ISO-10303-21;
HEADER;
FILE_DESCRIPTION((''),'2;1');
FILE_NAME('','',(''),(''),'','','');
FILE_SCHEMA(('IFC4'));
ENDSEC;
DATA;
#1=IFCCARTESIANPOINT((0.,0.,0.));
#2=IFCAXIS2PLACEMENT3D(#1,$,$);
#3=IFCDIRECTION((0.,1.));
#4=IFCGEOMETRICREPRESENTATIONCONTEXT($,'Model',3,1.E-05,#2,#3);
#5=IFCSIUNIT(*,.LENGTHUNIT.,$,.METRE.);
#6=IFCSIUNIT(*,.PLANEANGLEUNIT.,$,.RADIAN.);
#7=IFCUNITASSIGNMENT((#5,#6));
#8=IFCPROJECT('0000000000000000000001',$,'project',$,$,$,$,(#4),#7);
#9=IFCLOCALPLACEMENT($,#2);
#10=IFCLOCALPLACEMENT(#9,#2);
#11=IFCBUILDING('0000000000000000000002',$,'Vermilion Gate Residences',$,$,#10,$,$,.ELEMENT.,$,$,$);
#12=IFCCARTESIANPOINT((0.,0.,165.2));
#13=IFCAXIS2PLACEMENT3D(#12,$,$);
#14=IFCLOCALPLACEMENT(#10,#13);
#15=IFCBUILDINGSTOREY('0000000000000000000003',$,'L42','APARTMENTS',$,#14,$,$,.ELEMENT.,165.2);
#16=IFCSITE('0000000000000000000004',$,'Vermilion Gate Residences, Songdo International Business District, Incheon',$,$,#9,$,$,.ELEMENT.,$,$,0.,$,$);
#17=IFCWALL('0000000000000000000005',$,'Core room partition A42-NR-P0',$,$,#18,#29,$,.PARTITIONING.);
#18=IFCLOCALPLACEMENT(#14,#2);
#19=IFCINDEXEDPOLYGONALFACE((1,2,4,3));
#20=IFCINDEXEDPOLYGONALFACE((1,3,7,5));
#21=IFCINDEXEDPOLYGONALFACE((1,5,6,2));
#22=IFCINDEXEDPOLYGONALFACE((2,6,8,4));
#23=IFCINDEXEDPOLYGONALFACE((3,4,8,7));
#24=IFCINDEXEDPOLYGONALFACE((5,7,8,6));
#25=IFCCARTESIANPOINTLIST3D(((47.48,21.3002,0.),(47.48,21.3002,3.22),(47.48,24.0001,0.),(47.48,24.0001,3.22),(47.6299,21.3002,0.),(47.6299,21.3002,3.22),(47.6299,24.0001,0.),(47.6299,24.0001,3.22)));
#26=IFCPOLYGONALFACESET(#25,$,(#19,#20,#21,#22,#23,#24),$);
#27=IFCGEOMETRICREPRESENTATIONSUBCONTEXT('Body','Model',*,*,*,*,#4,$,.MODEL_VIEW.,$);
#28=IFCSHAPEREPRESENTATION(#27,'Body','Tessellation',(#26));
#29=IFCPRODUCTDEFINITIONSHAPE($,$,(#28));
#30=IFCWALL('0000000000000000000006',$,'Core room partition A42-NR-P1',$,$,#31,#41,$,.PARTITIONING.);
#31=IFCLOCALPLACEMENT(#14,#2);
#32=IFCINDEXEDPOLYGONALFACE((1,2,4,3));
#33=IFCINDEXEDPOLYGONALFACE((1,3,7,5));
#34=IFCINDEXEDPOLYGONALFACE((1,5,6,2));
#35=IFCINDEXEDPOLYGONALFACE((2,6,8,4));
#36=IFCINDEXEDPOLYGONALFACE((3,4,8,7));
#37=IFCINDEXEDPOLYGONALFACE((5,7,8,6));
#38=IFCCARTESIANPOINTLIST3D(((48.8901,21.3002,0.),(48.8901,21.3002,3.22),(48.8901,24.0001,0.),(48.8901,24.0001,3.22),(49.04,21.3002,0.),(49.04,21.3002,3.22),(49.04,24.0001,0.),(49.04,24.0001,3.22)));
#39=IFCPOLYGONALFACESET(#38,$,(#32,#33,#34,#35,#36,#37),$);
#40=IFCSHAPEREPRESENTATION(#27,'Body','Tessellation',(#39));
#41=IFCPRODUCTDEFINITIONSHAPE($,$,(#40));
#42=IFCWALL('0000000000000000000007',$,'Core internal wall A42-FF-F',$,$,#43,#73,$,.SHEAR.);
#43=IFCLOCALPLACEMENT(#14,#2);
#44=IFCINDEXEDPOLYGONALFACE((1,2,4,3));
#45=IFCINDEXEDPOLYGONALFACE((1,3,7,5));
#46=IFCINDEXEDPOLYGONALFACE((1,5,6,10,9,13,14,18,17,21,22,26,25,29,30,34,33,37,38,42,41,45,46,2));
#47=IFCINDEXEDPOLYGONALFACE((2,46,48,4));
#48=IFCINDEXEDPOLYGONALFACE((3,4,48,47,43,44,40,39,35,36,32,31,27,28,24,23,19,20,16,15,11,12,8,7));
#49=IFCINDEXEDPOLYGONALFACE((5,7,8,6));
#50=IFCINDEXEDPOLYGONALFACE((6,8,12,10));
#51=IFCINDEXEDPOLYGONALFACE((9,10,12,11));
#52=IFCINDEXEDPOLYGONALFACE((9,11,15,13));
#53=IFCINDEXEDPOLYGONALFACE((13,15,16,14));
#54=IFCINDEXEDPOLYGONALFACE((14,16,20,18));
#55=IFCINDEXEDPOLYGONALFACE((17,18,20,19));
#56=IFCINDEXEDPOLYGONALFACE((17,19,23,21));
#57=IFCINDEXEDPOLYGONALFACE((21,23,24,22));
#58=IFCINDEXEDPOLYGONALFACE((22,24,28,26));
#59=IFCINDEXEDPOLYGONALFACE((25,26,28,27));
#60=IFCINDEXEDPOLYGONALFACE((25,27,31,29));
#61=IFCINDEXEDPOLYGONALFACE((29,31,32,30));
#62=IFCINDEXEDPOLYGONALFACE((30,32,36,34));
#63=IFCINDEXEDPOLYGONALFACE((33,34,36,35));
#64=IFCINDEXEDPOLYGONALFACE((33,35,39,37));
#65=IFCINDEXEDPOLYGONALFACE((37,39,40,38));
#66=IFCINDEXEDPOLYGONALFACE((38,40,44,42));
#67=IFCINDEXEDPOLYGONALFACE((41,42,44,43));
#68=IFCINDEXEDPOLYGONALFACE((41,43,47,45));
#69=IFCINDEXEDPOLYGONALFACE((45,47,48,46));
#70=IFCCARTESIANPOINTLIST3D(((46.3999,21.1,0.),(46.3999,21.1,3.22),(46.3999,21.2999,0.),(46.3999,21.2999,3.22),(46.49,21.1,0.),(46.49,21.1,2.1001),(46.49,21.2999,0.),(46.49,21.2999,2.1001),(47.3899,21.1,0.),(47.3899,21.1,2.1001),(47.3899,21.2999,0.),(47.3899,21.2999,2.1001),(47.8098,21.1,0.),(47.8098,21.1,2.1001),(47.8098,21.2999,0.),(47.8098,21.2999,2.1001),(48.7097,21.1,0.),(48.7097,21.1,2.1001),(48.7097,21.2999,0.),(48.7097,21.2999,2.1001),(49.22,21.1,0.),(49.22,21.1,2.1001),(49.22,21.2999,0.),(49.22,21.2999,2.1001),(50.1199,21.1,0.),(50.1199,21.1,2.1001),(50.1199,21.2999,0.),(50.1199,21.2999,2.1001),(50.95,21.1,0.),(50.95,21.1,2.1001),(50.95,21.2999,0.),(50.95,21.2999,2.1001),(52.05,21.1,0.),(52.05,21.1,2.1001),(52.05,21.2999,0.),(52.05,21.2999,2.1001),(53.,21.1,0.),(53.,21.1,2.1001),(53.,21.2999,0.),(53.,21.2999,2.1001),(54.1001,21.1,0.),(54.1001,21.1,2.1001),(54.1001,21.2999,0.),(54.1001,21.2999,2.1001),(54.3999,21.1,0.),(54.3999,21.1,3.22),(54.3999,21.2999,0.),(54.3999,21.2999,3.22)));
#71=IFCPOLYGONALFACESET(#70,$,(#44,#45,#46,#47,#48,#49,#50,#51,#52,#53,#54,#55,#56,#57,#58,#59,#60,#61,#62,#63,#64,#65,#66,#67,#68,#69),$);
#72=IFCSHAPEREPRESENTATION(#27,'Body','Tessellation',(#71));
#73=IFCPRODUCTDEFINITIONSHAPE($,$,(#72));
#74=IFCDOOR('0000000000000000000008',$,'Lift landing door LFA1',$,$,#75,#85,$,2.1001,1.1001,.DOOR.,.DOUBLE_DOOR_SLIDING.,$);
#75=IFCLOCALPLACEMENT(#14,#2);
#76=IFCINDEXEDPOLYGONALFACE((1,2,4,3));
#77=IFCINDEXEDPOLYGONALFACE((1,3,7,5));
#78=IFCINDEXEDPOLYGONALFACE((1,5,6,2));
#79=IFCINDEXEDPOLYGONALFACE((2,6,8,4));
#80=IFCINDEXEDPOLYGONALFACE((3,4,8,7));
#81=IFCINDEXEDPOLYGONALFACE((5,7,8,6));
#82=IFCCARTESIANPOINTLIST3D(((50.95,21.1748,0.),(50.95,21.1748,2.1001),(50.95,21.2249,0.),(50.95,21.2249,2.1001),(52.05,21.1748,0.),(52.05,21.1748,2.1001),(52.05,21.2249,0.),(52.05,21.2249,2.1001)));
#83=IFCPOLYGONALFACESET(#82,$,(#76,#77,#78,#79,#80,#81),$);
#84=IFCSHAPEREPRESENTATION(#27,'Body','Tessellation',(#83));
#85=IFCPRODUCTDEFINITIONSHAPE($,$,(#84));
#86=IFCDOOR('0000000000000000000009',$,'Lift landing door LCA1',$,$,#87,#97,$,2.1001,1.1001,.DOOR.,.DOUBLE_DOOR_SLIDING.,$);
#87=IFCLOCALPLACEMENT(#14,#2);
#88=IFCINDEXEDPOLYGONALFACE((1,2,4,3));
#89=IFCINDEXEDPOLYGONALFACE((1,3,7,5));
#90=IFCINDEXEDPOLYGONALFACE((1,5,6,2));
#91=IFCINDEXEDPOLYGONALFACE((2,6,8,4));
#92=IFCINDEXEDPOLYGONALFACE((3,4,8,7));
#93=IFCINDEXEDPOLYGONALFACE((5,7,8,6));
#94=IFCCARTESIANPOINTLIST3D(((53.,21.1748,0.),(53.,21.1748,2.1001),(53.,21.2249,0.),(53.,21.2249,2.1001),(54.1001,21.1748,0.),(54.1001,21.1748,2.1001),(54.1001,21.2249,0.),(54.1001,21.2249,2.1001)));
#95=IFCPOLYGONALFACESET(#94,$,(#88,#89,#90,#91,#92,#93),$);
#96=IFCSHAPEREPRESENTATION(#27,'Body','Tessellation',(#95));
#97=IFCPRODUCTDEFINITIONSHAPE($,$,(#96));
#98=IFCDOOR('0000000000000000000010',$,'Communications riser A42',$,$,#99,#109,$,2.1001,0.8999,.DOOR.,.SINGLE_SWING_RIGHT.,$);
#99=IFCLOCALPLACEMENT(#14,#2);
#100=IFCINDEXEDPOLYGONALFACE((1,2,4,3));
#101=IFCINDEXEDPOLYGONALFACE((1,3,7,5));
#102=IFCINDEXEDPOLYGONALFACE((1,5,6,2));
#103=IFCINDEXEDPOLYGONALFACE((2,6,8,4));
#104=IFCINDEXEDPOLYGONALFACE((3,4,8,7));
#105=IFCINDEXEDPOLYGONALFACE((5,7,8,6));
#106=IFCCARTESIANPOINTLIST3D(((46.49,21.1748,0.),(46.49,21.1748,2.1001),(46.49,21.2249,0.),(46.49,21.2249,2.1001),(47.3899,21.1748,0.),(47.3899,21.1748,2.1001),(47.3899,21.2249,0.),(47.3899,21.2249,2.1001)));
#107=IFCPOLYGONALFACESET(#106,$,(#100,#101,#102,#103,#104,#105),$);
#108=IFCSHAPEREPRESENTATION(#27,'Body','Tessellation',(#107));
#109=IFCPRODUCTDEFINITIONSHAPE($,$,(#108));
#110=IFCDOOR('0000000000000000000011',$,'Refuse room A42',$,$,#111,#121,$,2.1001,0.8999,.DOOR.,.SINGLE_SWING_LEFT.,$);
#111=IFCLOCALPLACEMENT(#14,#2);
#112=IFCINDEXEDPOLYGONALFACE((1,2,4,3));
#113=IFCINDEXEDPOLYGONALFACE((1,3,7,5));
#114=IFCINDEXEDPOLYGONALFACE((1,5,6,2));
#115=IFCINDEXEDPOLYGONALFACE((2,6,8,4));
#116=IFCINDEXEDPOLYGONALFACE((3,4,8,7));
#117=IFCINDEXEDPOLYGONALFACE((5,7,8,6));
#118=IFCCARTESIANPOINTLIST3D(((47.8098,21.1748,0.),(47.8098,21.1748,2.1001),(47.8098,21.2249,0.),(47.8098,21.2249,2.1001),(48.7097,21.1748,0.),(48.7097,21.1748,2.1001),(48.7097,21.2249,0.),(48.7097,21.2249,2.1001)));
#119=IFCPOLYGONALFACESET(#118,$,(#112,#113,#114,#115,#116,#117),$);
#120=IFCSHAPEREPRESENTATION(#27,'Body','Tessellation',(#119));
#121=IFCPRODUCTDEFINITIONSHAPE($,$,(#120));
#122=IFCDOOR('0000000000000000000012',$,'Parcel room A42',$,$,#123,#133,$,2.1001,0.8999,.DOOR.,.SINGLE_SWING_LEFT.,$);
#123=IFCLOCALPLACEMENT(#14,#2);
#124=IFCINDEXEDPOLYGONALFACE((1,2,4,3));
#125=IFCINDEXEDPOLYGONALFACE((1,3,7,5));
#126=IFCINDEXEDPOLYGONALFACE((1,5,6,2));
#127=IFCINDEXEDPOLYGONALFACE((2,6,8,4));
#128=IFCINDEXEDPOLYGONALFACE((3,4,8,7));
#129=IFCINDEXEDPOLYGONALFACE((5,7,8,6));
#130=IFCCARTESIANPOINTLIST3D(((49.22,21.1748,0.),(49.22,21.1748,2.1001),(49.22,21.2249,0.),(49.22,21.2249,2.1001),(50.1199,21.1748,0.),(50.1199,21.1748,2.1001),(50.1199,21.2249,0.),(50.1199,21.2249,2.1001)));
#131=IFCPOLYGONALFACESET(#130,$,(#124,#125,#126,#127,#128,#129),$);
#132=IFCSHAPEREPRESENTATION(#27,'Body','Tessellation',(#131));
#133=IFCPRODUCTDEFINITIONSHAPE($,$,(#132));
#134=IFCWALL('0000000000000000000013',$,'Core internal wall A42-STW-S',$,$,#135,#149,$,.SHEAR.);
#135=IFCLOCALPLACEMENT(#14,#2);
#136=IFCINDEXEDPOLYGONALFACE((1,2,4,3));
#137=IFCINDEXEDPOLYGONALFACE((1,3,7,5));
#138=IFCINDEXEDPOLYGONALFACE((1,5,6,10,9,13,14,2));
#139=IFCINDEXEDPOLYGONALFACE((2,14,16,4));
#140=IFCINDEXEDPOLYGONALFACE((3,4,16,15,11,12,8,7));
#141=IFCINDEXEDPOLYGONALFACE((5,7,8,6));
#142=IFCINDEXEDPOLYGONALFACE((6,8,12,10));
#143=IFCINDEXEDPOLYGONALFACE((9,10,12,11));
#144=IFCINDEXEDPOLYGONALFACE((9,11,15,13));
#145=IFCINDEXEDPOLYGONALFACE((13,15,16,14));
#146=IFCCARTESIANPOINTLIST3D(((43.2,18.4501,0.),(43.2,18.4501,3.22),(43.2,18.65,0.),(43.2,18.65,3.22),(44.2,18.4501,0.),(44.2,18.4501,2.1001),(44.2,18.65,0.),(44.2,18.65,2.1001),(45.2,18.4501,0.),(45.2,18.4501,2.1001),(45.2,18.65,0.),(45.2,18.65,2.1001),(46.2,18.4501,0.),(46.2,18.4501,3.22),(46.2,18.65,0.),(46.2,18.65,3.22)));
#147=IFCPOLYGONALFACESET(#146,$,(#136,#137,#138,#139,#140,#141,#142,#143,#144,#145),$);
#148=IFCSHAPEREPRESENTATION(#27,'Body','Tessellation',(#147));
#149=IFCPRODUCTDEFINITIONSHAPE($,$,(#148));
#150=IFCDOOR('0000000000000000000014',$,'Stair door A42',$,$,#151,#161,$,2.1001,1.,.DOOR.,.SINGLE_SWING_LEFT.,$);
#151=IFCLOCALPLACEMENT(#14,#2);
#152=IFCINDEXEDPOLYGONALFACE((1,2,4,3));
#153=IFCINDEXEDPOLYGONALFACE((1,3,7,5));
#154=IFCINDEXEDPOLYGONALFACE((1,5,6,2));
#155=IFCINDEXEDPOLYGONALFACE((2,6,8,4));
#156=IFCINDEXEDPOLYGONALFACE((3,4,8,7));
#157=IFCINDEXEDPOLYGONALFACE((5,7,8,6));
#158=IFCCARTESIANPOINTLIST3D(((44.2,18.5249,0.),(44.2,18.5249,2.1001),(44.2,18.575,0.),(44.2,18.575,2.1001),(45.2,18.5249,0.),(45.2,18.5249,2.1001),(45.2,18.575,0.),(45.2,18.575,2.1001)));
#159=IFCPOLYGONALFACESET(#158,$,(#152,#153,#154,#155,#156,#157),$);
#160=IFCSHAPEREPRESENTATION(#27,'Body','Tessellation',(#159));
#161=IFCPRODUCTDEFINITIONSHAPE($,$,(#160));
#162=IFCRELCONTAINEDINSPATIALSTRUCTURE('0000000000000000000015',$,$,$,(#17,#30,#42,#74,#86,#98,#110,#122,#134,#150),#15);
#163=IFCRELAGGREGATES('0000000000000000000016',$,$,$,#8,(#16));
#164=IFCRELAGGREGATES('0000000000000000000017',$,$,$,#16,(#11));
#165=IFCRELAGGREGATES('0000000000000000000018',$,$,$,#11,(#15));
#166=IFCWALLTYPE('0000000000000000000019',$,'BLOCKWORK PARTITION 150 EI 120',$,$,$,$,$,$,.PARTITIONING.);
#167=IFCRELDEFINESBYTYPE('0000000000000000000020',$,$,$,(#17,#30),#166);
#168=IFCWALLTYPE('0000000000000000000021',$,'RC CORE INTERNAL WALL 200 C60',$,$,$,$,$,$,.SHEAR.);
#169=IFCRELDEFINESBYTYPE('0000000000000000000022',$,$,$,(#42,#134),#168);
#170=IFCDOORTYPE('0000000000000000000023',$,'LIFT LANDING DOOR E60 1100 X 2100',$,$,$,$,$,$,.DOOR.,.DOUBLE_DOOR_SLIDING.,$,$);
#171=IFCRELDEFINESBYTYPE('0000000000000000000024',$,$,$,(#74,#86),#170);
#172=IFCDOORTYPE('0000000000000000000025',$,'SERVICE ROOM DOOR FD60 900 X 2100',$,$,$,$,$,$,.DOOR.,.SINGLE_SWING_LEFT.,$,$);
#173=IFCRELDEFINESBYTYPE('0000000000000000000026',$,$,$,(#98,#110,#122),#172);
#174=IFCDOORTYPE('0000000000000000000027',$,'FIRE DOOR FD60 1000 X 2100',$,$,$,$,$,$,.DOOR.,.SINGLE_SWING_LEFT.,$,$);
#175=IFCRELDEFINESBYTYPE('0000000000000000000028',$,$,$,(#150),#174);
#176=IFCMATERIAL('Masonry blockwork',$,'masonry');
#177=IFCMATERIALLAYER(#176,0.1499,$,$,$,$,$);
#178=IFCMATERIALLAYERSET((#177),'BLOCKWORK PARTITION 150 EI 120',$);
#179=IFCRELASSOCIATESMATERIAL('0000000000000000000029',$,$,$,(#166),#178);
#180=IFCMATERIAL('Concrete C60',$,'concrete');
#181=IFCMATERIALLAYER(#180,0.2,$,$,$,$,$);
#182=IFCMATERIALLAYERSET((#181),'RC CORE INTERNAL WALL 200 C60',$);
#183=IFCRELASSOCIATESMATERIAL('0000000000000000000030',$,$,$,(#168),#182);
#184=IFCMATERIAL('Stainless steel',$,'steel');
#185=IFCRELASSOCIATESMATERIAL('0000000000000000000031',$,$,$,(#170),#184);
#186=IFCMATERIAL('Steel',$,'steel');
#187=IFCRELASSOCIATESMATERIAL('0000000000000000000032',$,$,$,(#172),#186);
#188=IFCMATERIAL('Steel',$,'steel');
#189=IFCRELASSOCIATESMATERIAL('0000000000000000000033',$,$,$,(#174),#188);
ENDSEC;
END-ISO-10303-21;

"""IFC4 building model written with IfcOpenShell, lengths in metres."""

from ifc_helpers import new_model, si_unit, direction, frame, frame_2d, origin, place, context, subcontext, project, spatial, rectangle, extrude, material, layer, layer_set, type_object, element, fill, save


model = new_model("IFC4")

# Units and contexts
model_context = context("Model", 3, precision=1e-05, world=origin(), true_north=direction((0.0, 1.0)))
body_context = subcontext(model_context, "Body", "Model", "MODEL_VIEW")
ifc_project = project(units=[si_unit("LENGTHUNIT", "METRE"), si_unit("PLANEANGLEUNIT", "RADIAN")], contexts=[model_context])

# Site, building, storey
site_placement = place(None, origin())
site = spatial("IfcSite", under=ifc_project, at=site_placement, Name="Vermilion Gate Residences, Songdo International Business District, Incheon", CompositionType="ELEMENT", RefElevation=0.0)
building_placement = place(site_placement, origin())
building = spatial("IfcBuilding", under=site, at=building_placement, Name="Vermilion Gate Residences", CompositionType="ELEMENT")
storey_placement = place(building_placement, frame((0.0, 0.0, 165.2)))
storey = spatial("IfcBuildingStorey", under=building, at=storey_placement, Name="L42", Description="APARTMENTS", CompositionType="ELEMENT", Elevation=165.2)

# Walls
ifc_material_1 = material(Name="Masonry blockwork", Category="masonry")
ifc_layer_1 = layer(ifc_material_1, 0.1499)
ifc_layer_set_1 = layer_set([ifc_layer_1], Name="BLOCKWORK PARTITION 150 EI 120")
wall_type_1 = type_object("IfcWallType", Name="BLOCKWORK PARTITION 150 EI 120", PredefinedType="PARTITIONING", material=ifc_layer_set_1)
for number, where, z_axis, x_axis, name in (
    (1, (47.5549, 21.3, 0.0), (0.0, 0.0, 1.0), (0.0, 1.0, 0.0), "Core room partition A42-NR-P0"),
    (2, (48.9651, 21.3, 0.0), (0.0, 0.0, 1.0), (0.0, 1.0, 0.0), "Core room partition A42-NR-P1"),
):
    element("IfcWall", number, at=place(storey_placement, frame(where, z_axis=z_axis, x_axis=x_axis)), inside=storey, type_object=wall_type_1, Name=name, PredefinedType="PARTITIONING", context=body_context, shape_type="SweptSolid", body=[
        extrude(rectangle(XDim=2.7, YDim=0.1499, at=frame_2d((1.3501, 0.0))), origin(), (0.0, 0.0, 1.0), 3.22),
    ])

# Wall, openings, doors
ifc_material_2 = material(Name="Concrete C60", Category="concrete")
ifc_layer_2 = layer(ifc_material_2, 0.2)
ifc_layer_set_2 = layer_set([ifc_layer_2], Name="RC CORE INTERNAL WALL 200 C60")
wall_type_2 = type_object("IfcWallType", Name="RC CORE INTERNAL WALL 200 C60", PredefinedType="SHEAR", material=ifc_layer_set_2)
wall_1_placement = place(storey_placement, frame((46.3999, 21.2, 0.0), z_axis=(0.0, 0.0, 1.0), x_axis=(1.0, 0.0, 0.0)))
wall_1 = element("IfcWall", 3, at=wall_1_placement, inside=storey, type_object=wall_type_2, Name="Core internal wall A42-FF-F", PredefinedType="SHEAR", context=body_context, shape_type="SweptSolid", body=[
    extrude(rectangle(XDim=8.0, YDim=0.2, at=frame_2d((4.0, 0.0))), origin(), (0.0, 0.0, 1.0), 3.22),
])
opening_1_placement = place(wall_1_placement, frame((0.0901, 0.0, 0.0)))
opening_1 = element("IfcOpeningElement", 4, at=opening_1_placement, cuts=wall_1, PredefinedType="OPENING", context=body_context, shape_type="SweptSolid", body=[
    extrude(rectangle(XDim=0.8999, YDim=2.1001, at=frame_2d((0.45, 1.05))), frame((0.0, 0.1099, 0.0), z_axis=(0.0, -1.0, 0.0), x_axis=(1.0, 0.0, 0.0)), (0.0, 0.0, 1.0), 0.22),
])
opening_2_placement = place(wall_1_placement, frame((1.4099, 0.0, 0.0)))
opening_2 = element("IfcOpeningElement", 5, at=opening_2_placement, cuts=wall_1, PredefinedType="OPENING", context=body_context, shape_type="SweptSolid", body=[
    extrude(rectangle(XDim=0.8999, YDim=2.1001, at=frame_2d((0.45, 1.05))), frame((0.0, 0.1099, 0.0), z_axis=(0.0, -1.0, 0.0), x_axis=(1.0, 0.0, 0.0)), (0.0, 0.0, 1.0), 0.22),
])
opening_3_placement = place(wall_1_placement, frame((2.8201, 0.0, 0.0)))
opening_3 = element("IfcOpeningElement", 6, at=opening_3_placement, cuts=wall_1, PredefinedType="OPENING", context=body_context, shape_type="SweptSolid", body=[
    extrude(rectangle(XDim=0.8999, YDim=2.1001, at=frame_2d((0.45, 1.05))), frame((0.0, 0.1099, 0.0), z_axis=(0.0, -1.0, 0.0), x_axis=(1.0, 0.0, 0.0)), (0.0, 0.0, 1.0), 0.22),
])
opening_4_placement = place(wall_1_placement, frame((4.55, 0.0, 0.0)))
opening_4 = element("IfcOpeningElement", 7, at=opening_4_placement, cuts=wall_1, PredefinedType="OPENING", context=body_context, shape_type="SweptSolid", body=[
    extrude(rectangle(XDim=1.1001, YDim=2.1001, at=frame_2d((0.55, 1.05))), frame((0.0, 0.1099, 0.0), z_axis=(0.0, -1.0, 0.0), x_axis=(1.0, 0.0, 0.0)), (0.0, 0.0, 1.0), 0.22),
])
opening_5_placement = place(wall_1_placement, frame((6.6001, 0.0, 0.0)))
opening_5 = element("IfcOpeningElement", 8, at=opening_5_placement, cuts=wall_1, PredefinedType="OPENING", context=body_context, shape_type="SweptSolid", body=[
    extrude(rectangle(XDim=1.1001, YDim=2.1001, at=frame_2d((0.55, 1.05))), frame((0.0, 0.1099, 0.0), z_axis=(0.0, -1.0, 0.0), x_axis=(1.0, 0.0, 0.0)), (0.0, 0.0, 1.0), 0.22),
])
ifc_material_3 = material(Name="Stainless steel", Category="steel")
door_type_1 = type_object("IfcDoorType", Name="LIFT LANDING DOOR E60 1100 X 2100", OperationType="DOUBLE_DOOR_SLIDING", PredefinedType="DOOR", material=ifc_material_3)
door_1_placement = place(opening_4_placement, origin())
door_1 = element("IfcDoor", 9, at=door_1_placement, inside=storey, type_object=door_type_1, Name="Lift landing door LFA1", OperationType="DOUBLE_DOOR_SLIDING", OverallHeight=2.1001, OverallWidth=1.1001, PredefinedType="DOOR", context=body_context, shape_type="SweptSolid", body=[
    extrude(rectangle(XDim=1.1001, YDim=2.1001, at=frame_2d((0.55, 1.05))), frame((0.0, 0.0249, 0.0), z_axis=(0.0, -1.0, 0.0), x_axis=(1.0, 0.0, 0.0)), (0.0, 0.0, 1.0), 0.05),
])
fill(opening_4, door_1)
door_2_placement = place(opening_5_placement, origin())
door_2 = element("IfcDoor", 10, at=door_2_placement, inside=storey, type_object=door_type_1, Name="Lift landing door LCA1", OperationType="DOUBLE_DOOR_SLIDING", OverallHeight=2.1001, OverallWidth=1.1001, PredefinedType="DOOR", context=body_context, shape_type="SweptSolid", body=[
    extrude(rectangle(XDim=1.1001, YDim=2.1001, at=frame_2d((0.55, 1.05))), frame((0.0, 0.0249, 0.0), z_axis=(0.0, -1.0, 0.0), x_axis=(1.0, 0.0, 0.0)), (0.0, 0.0, 1.0), 0.05),
])
fill(opening_5, door_2)
ifc_material_4 = material(Name="Steel", Category="steel")
door_type_2 = type_object("IfcDoorType", Name="SERVICE ROOM DOOR FD60 900 X 2100", OperationType="SINGLE_SWING_LEFT", PredefinedType="DOOR", material=ifc_material_4)
door_3_placement = place(opening_1_placement, origin())
door_3 = element("IfcDoor", 11, at=door_3_placement, inside=storey, type_object=door_type_2, Name="Communications riser A42", OperationType="SINGLE_SWING_RIGHT", OverallHeight=2.1001, OverallWidth=0.8999, PredefinedType="DOOR", context=body_context, shape_type="SweptSolid", body=[
    extrude(rectangle(XDim=0.8999, YDim=2.1001, at=frame_2d((0.45, 1.05))), frame((0.0, 0.0249, 0.0), z_axis=(0.0, -1.0, 0.0), x_axis=(1.0, 0.0, 0.0)), (0.0, 0.0, 1.0), 0.05),
])
fill(opening_1, door_3)
door_4_placement = place(opening_2_placement, origin())
door_4 = element("IfcDoor", 12, at=door_4_placement, inside=storey, type_object=door_type_2, Name="Refuse room A42", OperationType="SINGLE_SWING_LEFT", OverallHeight=2.1001, OverallWidth=0.8999, PredefinedType="DOOR", context=body_context, shape_type="SweptSolid", body=[
    extrude(rectangle(XDim=0.8999, YDim=2.1001, at=frame_2d((0.45, 1.05))), frame((0.0, 0.0249, 0.0), z_axis=(0.0, -1.0, 0.0), x_axis=(1.0, 0.0, 0.0)), (0.0, 0.0, 1.0), 0.05),
])
fill(opening_2, door_4)
door_5_placement = place(opening_3_placement, origin())
door_5 = element("IfcDoor", 13, at=door_5_placement, inside=storey, type_object=door_type_2, Name="Parcel room A42", OperationType="SINGLE_SWING_LEFT", OverallHeight=2.1001, OverallWidth=0.8999, PredefinedType="DOOR", context=body_context, shape_type="SweptSolid", body=[
    extrude(rectangle(XDim=0.8999, YDim=2.1001, at=frame_2d((0.45, 1.05))), frame((0.0, 0.0249, 0.0), z_axis=(0.0, -1.0, 0.0), x_axis=(1.0, 0.0, 0.0)), (0.0, 0.0, 1.0), 0.05),
])
fill(opening_3, door_5)

# Wall, opening, door
wall_2_placement = place(storey_placement, frame((43.2, 18.55, 0.0), z_axis=(0.0, 0.0, 1.0), x_axis=(1.0, 0.0, 0.0)))
wall_2 = element("IfcWall", 14, at=wall_2_placement, inside=storey, type_object=wall_type_2, Name="Core internal wall A42-STW-S", PredefinedType="SHEAR", context=body_context, shape_type="SweptSolid", body=[
    extrude(rectangle(XDim=3.0, YDim=0.2, at=frame_2d((1.5, 0.0))), origin(), (0.0, 0.0, 1.0), 3.22),
])
opening_6_placement = place(wall_2_placement, frame((1.0, 0.0, 0.0)))
opening_6 = element("IfcOpeningElement", 15, at=opening_6_placement, cuts=wall_2, PredefinedType="OPENING", context=body_context, shape_type="SweptSolid", body=[
    extrude(rectangle(XDim=1.0, YDim=2.1001, at=frame_2d((0.5, 1.05))), frame((0.0, 0.1099, 0.0), z_axis=(0.0, -1.0, 0.0), x_axis=(1.0, 0.0, 0.0)), (0.0, 0.0, 1.0), 0.22),
])
ifc_material_5 = material(Name="Steel", Category="steel")
door_type_3 = type_object("IfcDoorType", Name="FIRE DOOR FD60 1000 X 2100", OperationType="SINGLE_SWING_LEFT", PredefinedType="DOOR", material=ifc_material_5)
door_6_placement = place(opening_6_placement, origin())
door_6 = element("IfcDoor", 16, at=door_6_placement, inside=storey, type_object=door_type_3, Name="Stair door A42", OperationType="SINGLE_SWING_LEFT", OverallHeight=2.1001, OverallWidth=1.0, PredefinedType="DOOR", context=body_context, shape_type="SweptSolid", body=[
    extrude(rectangle(XDim=1.0, YDim=2.1001, at=frame_2d((0.5, 1.05))), frame((0.0, 0.0249, 0.0), z_axis=(0.0, -1.0, 0.0), x_axis=(1.0, 0.0, 0.0)), (0.0, 0.0, 1.0), 0.05),
])
fill(opening_6, door_6)

save(model, "model.ifc")
